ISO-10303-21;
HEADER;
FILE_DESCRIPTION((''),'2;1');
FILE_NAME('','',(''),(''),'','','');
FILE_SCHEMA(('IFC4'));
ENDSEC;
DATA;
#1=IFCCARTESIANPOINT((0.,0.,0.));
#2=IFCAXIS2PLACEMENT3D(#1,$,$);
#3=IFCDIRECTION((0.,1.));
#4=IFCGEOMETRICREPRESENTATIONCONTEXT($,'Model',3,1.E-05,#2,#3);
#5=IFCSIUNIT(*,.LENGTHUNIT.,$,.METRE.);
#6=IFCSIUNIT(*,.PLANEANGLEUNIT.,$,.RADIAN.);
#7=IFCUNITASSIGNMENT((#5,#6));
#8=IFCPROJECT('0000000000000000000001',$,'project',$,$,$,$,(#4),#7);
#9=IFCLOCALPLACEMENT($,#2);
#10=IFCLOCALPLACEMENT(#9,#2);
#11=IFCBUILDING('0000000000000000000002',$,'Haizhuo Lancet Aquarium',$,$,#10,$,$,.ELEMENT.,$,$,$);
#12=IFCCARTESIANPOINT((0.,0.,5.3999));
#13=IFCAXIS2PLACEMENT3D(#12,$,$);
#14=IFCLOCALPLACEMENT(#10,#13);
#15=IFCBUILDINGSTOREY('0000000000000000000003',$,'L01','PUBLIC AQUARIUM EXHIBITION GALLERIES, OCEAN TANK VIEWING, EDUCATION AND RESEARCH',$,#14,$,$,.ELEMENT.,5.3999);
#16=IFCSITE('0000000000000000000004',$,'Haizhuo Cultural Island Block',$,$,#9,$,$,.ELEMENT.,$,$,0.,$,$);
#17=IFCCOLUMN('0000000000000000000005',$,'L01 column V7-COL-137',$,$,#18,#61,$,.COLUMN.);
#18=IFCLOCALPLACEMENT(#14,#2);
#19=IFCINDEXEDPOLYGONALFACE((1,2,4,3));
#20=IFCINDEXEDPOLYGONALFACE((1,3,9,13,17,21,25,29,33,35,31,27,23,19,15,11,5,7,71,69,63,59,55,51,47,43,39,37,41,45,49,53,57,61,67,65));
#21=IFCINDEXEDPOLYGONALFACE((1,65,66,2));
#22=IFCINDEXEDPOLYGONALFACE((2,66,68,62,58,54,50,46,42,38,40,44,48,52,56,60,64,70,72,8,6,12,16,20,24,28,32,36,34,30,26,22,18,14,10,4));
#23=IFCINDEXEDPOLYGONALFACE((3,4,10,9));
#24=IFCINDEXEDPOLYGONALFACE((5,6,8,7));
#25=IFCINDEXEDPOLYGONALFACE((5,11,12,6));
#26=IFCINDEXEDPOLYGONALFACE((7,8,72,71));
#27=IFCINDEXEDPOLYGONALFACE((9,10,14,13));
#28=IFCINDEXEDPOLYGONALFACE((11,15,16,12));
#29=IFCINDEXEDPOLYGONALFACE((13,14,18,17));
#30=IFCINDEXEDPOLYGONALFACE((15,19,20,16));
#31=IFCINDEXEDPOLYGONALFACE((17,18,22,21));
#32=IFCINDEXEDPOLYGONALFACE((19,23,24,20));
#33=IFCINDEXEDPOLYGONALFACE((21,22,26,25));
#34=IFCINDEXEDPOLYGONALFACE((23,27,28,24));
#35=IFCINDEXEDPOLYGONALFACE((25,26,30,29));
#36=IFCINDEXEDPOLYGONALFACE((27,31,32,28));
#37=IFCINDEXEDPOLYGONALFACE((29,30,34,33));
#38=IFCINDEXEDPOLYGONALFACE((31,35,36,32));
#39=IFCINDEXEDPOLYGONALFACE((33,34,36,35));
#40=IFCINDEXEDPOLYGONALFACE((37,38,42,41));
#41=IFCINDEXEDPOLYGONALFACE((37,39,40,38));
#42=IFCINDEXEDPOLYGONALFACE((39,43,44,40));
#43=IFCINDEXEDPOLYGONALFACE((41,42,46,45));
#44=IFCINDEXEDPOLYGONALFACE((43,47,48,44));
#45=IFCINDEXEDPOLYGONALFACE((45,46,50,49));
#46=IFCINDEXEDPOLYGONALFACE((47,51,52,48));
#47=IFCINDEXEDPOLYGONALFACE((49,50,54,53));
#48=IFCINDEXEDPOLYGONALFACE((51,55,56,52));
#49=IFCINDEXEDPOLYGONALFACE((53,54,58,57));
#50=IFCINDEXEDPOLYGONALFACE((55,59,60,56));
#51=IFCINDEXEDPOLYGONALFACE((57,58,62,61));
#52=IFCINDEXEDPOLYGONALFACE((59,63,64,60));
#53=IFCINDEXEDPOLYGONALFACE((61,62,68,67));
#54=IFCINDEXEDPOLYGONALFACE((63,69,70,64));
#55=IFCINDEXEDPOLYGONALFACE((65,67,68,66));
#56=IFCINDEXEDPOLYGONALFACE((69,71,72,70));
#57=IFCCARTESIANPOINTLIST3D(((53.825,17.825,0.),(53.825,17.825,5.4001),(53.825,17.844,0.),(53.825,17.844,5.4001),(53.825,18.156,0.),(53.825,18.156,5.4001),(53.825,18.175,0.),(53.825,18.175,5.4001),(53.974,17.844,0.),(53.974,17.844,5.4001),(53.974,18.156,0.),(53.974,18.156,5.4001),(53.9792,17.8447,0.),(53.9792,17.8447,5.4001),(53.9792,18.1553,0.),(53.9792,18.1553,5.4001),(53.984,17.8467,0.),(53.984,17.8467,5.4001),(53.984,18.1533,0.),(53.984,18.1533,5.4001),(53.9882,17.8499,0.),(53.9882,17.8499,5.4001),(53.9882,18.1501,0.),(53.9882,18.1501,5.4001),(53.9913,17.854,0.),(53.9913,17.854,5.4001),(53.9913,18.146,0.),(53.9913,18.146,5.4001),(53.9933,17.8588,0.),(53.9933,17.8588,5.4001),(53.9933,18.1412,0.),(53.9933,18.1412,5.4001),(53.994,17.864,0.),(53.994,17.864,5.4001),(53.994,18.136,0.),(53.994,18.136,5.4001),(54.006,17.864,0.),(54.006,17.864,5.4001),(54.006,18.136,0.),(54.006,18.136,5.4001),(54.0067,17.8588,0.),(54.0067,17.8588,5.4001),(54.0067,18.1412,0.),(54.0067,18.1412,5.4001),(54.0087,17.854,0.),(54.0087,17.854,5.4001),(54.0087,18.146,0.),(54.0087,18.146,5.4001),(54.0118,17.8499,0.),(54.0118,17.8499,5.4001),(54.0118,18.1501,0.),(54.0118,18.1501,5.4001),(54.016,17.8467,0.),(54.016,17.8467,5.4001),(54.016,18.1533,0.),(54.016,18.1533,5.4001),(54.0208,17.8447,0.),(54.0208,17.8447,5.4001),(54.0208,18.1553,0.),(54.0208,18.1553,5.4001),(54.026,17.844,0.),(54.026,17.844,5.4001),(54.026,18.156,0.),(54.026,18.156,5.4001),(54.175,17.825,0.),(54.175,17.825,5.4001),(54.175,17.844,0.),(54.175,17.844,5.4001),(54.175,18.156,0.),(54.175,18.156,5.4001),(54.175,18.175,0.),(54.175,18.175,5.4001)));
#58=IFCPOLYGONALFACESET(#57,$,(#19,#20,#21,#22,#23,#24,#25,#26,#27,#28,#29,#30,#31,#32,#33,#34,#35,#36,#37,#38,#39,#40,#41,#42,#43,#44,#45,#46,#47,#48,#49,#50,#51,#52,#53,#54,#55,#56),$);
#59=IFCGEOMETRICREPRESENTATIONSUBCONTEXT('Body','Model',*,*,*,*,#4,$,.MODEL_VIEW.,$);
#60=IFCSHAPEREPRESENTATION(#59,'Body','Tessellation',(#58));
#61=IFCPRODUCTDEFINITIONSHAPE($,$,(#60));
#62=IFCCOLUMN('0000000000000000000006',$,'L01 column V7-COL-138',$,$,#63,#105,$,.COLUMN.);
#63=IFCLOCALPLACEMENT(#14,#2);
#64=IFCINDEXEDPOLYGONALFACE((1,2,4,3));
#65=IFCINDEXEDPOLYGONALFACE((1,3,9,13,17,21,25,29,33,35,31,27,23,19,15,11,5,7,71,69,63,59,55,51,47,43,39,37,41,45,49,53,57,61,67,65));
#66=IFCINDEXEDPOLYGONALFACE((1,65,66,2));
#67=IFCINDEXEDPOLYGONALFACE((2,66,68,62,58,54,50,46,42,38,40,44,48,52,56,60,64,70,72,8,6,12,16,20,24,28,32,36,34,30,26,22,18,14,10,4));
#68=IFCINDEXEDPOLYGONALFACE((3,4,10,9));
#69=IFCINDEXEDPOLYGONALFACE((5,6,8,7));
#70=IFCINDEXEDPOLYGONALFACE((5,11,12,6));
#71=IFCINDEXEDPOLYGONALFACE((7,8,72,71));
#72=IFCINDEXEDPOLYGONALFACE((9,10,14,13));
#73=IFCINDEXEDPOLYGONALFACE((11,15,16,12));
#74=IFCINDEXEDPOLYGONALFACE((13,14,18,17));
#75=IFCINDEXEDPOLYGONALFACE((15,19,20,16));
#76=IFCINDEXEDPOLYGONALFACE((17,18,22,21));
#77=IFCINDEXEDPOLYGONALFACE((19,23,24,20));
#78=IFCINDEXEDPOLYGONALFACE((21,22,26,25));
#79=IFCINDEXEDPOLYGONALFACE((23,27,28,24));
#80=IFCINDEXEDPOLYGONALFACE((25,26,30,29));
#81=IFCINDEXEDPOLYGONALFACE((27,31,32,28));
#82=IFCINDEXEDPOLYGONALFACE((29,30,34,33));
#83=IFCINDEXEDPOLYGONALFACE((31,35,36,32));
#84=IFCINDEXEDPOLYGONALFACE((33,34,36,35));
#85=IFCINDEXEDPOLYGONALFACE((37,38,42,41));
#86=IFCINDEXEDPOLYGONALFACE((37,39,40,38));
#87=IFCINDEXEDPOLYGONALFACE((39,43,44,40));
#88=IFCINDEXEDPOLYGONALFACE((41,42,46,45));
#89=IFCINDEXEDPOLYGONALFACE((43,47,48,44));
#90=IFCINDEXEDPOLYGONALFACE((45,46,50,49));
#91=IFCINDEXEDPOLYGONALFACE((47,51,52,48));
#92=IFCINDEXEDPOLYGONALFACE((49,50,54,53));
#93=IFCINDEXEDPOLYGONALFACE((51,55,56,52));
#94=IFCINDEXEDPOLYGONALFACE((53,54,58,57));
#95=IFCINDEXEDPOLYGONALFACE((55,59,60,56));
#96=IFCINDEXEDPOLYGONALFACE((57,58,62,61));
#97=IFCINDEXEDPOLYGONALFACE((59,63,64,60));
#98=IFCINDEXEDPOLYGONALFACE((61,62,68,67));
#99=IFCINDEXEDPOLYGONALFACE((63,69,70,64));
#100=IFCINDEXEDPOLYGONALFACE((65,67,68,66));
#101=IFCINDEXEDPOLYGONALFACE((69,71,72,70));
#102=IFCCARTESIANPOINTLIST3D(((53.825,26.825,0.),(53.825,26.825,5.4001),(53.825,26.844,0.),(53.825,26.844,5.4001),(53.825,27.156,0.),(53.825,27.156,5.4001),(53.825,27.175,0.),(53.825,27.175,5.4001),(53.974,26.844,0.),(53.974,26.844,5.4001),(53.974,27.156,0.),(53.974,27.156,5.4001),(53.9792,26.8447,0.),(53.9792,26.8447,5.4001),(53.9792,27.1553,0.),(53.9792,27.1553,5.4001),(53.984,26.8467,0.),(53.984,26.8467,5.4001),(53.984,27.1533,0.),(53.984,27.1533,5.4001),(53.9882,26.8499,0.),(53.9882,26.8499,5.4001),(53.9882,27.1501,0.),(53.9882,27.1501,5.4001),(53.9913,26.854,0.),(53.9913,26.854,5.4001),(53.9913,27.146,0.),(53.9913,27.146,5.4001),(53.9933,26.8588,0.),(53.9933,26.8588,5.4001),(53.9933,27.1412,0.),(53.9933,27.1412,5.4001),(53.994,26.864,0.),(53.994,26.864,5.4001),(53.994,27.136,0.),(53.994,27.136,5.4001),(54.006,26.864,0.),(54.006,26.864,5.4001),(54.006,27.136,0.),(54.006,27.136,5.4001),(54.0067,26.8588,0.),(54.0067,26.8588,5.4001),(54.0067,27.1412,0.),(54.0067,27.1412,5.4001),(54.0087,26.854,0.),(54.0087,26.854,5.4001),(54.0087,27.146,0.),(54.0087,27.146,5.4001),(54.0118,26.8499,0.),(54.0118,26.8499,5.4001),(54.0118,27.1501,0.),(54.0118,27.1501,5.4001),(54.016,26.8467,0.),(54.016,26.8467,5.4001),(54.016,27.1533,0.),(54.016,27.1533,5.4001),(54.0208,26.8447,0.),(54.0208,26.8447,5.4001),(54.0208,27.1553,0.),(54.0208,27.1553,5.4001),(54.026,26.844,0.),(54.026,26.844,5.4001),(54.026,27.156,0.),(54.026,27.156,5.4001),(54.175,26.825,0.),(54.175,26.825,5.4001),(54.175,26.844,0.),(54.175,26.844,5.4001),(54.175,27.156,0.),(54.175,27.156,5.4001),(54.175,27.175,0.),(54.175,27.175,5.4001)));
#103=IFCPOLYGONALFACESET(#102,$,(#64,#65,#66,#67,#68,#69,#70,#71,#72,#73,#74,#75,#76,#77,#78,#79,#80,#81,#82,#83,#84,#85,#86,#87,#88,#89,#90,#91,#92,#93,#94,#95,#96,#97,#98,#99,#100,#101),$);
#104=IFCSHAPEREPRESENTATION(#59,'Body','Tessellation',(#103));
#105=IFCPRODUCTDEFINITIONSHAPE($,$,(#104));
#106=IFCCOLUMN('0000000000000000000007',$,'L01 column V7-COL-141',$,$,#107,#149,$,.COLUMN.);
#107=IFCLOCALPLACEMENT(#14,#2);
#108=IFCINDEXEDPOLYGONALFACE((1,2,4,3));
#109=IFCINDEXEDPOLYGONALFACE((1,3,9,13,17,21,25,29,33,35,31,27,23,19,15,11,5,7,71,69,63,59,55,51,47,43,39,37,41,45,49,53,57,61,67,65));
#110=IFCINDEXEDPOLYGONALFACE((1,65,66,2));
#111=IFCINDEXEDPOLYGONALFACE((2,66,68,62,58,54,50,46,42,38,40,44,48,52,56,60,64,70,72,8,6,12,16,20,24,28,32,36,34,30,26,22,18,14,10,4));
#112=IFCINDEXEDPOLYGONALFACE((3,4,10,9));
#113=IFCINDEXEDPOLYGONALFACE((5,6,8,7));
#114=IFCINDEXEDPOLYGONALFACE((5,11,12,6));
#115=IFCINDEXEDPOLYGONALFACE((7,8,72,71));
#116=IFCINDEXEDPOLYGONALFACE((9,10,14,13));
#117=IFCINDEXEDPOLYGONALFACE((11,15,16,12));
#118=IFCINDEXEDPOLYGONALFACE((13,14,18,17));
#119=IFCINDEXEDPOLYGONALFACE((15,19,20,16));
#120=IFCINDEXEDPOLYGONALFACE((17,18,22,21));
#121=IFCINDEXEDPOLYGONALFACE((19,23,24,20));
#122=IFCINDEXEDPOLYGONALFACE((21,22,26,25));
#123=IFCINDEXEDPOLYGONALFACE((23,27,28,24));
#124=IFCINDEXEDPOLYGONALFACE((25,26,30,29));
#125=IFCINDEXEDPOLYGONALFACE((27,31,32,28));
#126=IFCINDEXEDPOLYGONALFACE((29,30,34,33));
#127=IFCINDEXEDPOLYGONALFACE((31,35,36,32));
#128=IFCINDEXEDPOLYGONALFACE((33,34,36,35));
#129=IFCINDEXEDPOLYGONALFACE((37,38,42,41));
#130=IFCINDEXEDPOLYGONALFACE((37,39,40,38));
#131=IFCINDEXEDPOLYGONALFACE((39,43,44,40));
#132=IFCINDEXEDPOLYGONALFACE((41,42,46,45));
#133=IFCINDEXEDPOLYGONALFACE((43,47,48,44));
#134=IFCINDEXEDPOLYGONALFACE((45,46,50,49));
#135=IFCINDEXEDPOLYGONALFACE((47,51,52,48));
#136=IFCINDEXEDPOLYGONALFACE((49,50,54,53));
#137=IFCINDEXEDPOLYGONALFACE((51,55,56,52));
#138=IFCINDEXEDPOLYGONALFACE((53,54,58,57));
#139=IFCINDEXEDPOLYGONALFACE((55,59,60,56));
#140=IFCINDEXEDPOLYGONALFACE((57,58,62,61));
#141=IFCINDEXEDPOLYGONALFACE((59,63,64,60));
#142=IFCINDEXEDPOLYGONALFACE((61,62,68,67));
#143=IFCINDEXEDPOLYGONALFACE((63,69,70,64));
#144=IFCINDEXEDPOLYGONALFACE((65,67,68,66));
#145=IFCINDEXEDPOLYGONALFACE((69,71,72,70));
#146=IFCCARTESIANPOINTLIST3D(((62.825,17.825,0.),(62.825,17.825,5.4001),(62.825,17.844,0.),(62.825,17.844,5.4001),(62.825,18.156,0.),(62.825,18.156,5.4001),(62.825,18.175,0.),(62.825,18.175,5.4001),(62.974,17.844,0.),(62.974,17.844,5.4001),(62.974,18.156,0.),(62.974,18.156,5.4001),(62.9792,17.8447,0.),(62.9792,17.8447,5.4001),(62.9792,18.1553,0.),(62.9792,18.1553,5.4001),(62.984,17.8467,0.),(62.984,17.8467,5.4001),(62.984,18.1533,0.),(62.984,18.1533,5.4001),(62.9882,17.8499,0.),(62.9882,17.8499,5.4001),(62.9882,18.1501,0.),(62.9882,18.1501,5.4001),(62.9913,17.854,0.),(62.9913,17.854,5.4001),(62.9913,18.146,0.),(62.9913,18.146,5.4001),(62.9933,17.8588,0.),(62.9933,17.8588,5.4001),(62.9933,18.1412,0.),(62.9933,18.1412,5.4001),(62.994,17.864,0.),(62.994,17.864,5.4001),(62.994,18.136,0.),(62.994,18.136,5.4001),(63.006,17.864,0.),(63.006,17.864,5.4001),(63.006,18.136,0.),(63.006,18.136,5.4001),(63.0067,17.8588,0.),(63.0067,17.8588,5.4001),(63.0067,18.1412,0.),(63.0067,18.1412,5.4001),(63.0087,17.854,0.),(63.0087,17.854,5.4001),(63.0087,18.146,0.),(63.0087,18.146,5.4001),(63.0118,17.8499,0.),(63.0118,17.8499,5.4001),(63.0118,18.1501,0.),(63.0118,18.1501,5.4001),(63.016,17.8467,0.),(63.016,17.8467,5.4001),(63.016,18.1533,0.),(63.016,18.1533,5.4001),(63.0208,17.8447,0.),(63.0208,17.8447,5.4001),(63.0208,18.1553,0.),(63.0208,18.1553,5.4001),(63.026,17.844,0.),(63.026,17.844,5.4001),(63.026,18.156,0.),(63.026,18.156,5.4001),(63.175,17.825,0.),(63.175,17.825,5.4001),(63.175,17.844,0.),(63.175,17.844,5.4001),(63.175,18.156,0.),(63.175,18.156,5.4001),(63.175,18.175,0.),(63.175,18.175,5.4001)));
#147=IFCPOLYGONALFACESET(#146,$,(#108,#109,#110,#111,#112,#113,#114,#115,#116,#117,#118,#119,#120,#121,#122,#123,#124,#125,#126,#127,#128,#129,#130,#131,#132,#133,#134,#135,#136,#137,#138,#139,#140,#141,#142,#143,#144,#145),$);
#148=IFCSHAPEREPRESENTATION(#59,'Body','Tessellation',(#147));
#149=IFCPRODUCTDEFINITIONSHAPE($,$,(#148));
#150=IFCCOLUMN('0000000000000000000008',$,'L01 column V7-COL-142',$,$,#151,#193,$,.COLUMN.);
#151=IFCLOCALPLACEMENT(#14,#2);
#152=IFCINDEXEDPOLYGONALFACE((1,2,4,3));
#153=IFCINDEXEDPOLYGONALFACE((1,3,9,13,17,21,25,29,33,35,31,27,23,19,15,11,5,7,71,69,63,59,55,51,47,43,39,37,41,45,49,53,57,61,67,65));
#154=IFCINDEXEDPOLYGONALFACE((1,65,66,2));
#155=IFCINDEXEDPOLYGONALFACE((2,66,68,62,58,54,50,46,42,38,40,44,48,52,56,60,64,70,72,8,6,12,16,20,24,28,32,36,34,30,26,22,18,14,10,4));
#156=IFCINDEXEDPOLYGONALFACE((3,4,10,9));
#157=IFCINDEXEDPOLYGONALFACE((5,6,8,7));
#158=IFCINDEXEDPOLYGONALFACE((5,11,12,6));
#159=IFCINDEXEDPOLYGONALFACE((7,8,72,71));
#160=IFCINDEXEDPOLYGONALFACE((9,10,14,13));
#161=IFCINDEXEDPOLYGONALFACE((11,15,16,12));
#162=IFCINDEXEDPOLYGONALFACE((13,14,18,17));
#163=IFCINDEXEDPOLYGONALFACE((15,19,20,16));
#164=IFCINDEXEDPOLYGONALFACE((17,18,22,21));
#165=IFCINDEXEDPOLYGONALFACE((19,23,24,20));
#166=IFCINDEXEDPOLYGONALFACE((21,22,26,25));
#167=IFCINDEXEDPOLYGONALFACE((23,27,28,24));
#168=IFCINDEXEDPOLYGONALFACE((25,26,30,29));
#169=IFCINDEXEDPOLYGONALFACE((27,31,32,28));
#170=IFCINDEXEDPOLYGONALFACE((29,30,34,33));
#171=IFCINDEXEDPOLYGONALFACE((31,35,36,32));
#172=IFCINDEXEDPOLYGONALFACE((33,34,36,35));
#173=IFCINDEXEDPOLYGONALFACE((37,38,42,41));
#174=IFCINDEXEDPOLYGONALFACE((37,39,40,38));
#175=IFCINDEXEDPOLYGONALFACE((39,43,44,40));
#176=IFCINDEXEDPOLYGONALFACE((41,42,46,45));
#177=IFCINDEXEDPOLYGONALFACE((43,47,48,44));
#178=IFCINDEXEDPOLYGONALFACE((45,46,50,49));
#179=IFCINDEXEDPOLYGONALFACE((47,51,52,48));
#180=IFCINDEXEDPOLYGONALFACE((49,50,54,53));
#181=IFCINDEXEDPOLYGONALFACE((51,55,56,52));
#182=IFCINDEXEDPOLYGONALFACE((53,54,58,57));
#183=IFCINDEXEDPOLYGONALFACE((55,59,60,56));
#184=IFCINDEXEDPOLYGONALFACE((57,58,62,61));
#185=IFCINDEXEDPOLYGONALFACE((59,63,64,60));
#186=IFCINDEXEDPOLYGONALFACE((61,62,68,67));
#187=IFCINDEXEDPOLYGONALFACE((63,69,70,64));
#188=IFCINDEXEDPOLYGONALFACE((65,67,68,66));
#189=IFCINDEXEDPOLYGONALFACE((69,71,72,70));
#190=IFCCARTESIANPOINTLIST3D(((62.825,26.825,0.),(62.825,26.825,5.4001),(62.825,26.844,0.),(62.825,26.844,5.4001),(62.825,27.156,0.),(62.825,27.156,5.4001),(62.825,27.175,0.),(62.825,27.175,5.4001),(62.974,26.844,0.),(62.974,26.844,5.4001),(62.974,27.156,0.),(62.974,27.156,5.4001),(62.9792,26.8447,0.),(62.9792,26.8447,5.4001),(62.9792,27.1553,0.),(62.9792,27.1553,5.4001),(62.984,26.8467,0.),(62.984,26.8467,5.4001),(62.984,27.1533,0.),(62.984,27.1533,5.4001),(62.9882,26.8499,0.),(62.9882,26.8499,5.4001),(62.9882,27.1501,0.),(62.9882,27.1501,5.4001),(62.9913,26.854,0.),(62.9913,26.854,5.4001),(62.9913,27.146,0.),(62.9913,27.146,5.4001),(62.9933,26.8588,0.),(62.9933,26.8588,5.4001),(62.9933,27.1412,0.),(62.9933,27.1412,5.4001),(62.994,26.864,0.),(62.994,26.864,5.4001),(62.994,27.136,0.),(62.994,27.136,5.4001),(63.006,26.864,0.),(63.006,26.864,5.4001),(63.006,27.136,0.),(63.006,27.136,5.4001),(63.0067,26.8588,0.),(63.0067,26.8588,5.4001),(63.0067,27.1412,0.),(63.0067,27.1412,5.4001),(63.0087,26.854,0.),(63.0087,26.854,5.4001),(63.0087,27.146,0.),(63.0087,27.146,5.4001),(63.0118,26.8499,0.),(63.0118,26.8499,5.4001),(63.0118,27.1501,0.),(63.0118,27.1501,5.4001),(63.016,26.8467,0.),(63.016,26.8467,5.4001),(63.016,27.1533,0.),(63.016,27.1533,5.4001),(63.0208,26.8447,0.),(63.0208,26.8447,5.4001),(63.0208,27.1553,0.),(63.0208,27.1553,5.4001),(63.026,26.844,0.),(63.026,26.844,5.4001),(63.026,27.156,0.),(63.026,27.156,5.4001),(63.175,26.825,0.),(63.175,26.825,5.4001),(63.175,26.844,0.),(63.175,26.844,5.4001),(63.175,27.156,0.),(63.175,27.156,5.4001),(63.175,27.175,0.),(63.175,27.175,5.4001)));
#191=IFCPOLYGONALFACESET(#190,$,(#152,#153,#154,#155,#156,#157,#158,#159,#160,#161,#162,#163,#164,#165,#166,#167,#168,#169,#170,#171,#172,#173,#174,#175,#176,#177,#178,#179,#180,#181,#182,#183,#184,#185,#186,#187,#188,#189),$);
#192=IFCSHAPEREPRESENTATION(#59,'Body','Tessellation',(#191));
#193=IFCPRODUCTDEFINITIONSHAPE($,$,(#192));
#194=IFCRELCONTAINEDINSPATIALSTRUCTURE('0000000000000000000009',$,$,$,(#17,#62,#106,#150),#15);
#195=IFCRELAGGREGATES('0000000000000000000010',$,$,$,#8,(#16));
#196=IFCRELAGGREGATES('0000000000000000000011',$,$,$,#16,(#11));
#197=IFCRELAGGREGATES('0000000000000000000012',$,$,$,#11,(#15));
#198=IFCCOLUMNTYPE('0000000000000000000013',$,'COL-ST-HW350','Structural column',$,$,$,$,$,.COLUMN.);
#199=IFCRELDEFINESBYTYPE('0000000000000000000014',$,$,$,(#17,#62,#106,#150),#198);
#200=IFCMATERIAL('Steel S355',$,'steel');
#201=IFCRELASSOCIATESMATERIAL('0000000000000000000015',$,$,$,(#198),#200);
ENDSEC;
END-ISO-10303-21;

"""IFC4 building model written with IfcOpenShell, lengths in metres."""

from ifc_helpers import new_model, si_unit, direction, frame, origin, origin_2d, place, context, subcontext, project, spatial, i_section, extrude, material, material_profile, profile_set, type_object, element, save


model = new_model("IFC4")

# Units and contexts
model_context = context("Model", 3, precision=1e-05, world=origin(), true_north=direction((0.0, 1.0)))
body_context = subcontext(model_context, "Body", "Model", "MODEL_VIEW")
ifc_project = project(units=[si_unit("LENGTHUNIT", "METRE"), si_unit("PLANEANGLEUNIT", "RADIAN")], contexts=[model_context])

# Site, building, storey
site_placement = place(None, origin())
site = spatial("IfcSite", under=ifc_project, at=site_placement, Name="Haizhuo Cultural Island Block", CompositionType="ELEMENT", RefElevation=0.0)
building_placement = place(site_placement, origin())
building = spatial("IfcBuilding", under=site, at=building_placement, Name="Haizhuo Lancet Aquarium", CompositionType="ELEMENT")
storey_placement = place(building_placement, frame((0.0, 0.0, 5.3999)))
storey = spatial("IfcBuildingStorey", under=building, at=storey_placement, Name="L01", Description="PUBLIC AQUARIUM EXHIBITION GALLERIES, OCEAN TANK VIEWING, EDUCATION AND RESEARCH", CompositionType="ELEMENT", Elevation=5.3999)

# Columns
ifc_material_1 = material(Name="Steel S355", Category="steel")
ifc_material_profile_1 = material_profile(ifc_material_1, i_section(OverallWidth=0.3501, OverallDepth=0.3501, WebThickness=0.012, FlangeThickness=0.019, FilletRadius=0.02, at=origin_2d()), Name="HW 350x350x12x19")
ifc_profile_set_1 = profile_set([ifc_material_profile_1], Name="Steel S355")
column_type = type_object("IfcColumnType", Name="COL-ST-HW350", Description="Structural column", PredefinedType="COLUMN", material=ifc_profile_set_1)
for number, where, z_axis, x_axis, name in (
    (1, (54.0, 18.0, 0.0), (0.0, 0.0, 1.0), (1.0, 0.0, 0.0), "L01 column V7-COL-137"),
    (2, (54.0, 27.0, 0.0), (0.0, 0.0, 1.0), (1.0, 0.0, 0.0), "L01 column V7-COL-138"),
    (3, (63.0, 18.0, 0.0), (0.0, 0.0, 1.0), (1.0, 0.0, 0.0), "L01 column V7-COL-141"),
    (4, (63.0, 27.0, 0.0), (0.0, 0.0, 1.0), (1.0, 0.0, 0.0), "L01 column V7-COL-142"),
):
    element("IfcColumn", number, at=place(storey_placement, frame(where, z_axis=z_axis, x_axis=x_axis)), inside=storey, type_object=column_type, Name=name, PredefinedType="COLUMN", context=body_context, shape_type="SweptSolid", body=[
        extrude(i_section(OverallWidth=0.3501, OverallDepth=0.3501, WebThickness=0.012, FlangeThickness=0.019, FilletRadius=0.02, at=origin_2d()), origin(), (0.0, 0.0, 1.0), 5.4001),
    ])

save(model, "model.ifc")
